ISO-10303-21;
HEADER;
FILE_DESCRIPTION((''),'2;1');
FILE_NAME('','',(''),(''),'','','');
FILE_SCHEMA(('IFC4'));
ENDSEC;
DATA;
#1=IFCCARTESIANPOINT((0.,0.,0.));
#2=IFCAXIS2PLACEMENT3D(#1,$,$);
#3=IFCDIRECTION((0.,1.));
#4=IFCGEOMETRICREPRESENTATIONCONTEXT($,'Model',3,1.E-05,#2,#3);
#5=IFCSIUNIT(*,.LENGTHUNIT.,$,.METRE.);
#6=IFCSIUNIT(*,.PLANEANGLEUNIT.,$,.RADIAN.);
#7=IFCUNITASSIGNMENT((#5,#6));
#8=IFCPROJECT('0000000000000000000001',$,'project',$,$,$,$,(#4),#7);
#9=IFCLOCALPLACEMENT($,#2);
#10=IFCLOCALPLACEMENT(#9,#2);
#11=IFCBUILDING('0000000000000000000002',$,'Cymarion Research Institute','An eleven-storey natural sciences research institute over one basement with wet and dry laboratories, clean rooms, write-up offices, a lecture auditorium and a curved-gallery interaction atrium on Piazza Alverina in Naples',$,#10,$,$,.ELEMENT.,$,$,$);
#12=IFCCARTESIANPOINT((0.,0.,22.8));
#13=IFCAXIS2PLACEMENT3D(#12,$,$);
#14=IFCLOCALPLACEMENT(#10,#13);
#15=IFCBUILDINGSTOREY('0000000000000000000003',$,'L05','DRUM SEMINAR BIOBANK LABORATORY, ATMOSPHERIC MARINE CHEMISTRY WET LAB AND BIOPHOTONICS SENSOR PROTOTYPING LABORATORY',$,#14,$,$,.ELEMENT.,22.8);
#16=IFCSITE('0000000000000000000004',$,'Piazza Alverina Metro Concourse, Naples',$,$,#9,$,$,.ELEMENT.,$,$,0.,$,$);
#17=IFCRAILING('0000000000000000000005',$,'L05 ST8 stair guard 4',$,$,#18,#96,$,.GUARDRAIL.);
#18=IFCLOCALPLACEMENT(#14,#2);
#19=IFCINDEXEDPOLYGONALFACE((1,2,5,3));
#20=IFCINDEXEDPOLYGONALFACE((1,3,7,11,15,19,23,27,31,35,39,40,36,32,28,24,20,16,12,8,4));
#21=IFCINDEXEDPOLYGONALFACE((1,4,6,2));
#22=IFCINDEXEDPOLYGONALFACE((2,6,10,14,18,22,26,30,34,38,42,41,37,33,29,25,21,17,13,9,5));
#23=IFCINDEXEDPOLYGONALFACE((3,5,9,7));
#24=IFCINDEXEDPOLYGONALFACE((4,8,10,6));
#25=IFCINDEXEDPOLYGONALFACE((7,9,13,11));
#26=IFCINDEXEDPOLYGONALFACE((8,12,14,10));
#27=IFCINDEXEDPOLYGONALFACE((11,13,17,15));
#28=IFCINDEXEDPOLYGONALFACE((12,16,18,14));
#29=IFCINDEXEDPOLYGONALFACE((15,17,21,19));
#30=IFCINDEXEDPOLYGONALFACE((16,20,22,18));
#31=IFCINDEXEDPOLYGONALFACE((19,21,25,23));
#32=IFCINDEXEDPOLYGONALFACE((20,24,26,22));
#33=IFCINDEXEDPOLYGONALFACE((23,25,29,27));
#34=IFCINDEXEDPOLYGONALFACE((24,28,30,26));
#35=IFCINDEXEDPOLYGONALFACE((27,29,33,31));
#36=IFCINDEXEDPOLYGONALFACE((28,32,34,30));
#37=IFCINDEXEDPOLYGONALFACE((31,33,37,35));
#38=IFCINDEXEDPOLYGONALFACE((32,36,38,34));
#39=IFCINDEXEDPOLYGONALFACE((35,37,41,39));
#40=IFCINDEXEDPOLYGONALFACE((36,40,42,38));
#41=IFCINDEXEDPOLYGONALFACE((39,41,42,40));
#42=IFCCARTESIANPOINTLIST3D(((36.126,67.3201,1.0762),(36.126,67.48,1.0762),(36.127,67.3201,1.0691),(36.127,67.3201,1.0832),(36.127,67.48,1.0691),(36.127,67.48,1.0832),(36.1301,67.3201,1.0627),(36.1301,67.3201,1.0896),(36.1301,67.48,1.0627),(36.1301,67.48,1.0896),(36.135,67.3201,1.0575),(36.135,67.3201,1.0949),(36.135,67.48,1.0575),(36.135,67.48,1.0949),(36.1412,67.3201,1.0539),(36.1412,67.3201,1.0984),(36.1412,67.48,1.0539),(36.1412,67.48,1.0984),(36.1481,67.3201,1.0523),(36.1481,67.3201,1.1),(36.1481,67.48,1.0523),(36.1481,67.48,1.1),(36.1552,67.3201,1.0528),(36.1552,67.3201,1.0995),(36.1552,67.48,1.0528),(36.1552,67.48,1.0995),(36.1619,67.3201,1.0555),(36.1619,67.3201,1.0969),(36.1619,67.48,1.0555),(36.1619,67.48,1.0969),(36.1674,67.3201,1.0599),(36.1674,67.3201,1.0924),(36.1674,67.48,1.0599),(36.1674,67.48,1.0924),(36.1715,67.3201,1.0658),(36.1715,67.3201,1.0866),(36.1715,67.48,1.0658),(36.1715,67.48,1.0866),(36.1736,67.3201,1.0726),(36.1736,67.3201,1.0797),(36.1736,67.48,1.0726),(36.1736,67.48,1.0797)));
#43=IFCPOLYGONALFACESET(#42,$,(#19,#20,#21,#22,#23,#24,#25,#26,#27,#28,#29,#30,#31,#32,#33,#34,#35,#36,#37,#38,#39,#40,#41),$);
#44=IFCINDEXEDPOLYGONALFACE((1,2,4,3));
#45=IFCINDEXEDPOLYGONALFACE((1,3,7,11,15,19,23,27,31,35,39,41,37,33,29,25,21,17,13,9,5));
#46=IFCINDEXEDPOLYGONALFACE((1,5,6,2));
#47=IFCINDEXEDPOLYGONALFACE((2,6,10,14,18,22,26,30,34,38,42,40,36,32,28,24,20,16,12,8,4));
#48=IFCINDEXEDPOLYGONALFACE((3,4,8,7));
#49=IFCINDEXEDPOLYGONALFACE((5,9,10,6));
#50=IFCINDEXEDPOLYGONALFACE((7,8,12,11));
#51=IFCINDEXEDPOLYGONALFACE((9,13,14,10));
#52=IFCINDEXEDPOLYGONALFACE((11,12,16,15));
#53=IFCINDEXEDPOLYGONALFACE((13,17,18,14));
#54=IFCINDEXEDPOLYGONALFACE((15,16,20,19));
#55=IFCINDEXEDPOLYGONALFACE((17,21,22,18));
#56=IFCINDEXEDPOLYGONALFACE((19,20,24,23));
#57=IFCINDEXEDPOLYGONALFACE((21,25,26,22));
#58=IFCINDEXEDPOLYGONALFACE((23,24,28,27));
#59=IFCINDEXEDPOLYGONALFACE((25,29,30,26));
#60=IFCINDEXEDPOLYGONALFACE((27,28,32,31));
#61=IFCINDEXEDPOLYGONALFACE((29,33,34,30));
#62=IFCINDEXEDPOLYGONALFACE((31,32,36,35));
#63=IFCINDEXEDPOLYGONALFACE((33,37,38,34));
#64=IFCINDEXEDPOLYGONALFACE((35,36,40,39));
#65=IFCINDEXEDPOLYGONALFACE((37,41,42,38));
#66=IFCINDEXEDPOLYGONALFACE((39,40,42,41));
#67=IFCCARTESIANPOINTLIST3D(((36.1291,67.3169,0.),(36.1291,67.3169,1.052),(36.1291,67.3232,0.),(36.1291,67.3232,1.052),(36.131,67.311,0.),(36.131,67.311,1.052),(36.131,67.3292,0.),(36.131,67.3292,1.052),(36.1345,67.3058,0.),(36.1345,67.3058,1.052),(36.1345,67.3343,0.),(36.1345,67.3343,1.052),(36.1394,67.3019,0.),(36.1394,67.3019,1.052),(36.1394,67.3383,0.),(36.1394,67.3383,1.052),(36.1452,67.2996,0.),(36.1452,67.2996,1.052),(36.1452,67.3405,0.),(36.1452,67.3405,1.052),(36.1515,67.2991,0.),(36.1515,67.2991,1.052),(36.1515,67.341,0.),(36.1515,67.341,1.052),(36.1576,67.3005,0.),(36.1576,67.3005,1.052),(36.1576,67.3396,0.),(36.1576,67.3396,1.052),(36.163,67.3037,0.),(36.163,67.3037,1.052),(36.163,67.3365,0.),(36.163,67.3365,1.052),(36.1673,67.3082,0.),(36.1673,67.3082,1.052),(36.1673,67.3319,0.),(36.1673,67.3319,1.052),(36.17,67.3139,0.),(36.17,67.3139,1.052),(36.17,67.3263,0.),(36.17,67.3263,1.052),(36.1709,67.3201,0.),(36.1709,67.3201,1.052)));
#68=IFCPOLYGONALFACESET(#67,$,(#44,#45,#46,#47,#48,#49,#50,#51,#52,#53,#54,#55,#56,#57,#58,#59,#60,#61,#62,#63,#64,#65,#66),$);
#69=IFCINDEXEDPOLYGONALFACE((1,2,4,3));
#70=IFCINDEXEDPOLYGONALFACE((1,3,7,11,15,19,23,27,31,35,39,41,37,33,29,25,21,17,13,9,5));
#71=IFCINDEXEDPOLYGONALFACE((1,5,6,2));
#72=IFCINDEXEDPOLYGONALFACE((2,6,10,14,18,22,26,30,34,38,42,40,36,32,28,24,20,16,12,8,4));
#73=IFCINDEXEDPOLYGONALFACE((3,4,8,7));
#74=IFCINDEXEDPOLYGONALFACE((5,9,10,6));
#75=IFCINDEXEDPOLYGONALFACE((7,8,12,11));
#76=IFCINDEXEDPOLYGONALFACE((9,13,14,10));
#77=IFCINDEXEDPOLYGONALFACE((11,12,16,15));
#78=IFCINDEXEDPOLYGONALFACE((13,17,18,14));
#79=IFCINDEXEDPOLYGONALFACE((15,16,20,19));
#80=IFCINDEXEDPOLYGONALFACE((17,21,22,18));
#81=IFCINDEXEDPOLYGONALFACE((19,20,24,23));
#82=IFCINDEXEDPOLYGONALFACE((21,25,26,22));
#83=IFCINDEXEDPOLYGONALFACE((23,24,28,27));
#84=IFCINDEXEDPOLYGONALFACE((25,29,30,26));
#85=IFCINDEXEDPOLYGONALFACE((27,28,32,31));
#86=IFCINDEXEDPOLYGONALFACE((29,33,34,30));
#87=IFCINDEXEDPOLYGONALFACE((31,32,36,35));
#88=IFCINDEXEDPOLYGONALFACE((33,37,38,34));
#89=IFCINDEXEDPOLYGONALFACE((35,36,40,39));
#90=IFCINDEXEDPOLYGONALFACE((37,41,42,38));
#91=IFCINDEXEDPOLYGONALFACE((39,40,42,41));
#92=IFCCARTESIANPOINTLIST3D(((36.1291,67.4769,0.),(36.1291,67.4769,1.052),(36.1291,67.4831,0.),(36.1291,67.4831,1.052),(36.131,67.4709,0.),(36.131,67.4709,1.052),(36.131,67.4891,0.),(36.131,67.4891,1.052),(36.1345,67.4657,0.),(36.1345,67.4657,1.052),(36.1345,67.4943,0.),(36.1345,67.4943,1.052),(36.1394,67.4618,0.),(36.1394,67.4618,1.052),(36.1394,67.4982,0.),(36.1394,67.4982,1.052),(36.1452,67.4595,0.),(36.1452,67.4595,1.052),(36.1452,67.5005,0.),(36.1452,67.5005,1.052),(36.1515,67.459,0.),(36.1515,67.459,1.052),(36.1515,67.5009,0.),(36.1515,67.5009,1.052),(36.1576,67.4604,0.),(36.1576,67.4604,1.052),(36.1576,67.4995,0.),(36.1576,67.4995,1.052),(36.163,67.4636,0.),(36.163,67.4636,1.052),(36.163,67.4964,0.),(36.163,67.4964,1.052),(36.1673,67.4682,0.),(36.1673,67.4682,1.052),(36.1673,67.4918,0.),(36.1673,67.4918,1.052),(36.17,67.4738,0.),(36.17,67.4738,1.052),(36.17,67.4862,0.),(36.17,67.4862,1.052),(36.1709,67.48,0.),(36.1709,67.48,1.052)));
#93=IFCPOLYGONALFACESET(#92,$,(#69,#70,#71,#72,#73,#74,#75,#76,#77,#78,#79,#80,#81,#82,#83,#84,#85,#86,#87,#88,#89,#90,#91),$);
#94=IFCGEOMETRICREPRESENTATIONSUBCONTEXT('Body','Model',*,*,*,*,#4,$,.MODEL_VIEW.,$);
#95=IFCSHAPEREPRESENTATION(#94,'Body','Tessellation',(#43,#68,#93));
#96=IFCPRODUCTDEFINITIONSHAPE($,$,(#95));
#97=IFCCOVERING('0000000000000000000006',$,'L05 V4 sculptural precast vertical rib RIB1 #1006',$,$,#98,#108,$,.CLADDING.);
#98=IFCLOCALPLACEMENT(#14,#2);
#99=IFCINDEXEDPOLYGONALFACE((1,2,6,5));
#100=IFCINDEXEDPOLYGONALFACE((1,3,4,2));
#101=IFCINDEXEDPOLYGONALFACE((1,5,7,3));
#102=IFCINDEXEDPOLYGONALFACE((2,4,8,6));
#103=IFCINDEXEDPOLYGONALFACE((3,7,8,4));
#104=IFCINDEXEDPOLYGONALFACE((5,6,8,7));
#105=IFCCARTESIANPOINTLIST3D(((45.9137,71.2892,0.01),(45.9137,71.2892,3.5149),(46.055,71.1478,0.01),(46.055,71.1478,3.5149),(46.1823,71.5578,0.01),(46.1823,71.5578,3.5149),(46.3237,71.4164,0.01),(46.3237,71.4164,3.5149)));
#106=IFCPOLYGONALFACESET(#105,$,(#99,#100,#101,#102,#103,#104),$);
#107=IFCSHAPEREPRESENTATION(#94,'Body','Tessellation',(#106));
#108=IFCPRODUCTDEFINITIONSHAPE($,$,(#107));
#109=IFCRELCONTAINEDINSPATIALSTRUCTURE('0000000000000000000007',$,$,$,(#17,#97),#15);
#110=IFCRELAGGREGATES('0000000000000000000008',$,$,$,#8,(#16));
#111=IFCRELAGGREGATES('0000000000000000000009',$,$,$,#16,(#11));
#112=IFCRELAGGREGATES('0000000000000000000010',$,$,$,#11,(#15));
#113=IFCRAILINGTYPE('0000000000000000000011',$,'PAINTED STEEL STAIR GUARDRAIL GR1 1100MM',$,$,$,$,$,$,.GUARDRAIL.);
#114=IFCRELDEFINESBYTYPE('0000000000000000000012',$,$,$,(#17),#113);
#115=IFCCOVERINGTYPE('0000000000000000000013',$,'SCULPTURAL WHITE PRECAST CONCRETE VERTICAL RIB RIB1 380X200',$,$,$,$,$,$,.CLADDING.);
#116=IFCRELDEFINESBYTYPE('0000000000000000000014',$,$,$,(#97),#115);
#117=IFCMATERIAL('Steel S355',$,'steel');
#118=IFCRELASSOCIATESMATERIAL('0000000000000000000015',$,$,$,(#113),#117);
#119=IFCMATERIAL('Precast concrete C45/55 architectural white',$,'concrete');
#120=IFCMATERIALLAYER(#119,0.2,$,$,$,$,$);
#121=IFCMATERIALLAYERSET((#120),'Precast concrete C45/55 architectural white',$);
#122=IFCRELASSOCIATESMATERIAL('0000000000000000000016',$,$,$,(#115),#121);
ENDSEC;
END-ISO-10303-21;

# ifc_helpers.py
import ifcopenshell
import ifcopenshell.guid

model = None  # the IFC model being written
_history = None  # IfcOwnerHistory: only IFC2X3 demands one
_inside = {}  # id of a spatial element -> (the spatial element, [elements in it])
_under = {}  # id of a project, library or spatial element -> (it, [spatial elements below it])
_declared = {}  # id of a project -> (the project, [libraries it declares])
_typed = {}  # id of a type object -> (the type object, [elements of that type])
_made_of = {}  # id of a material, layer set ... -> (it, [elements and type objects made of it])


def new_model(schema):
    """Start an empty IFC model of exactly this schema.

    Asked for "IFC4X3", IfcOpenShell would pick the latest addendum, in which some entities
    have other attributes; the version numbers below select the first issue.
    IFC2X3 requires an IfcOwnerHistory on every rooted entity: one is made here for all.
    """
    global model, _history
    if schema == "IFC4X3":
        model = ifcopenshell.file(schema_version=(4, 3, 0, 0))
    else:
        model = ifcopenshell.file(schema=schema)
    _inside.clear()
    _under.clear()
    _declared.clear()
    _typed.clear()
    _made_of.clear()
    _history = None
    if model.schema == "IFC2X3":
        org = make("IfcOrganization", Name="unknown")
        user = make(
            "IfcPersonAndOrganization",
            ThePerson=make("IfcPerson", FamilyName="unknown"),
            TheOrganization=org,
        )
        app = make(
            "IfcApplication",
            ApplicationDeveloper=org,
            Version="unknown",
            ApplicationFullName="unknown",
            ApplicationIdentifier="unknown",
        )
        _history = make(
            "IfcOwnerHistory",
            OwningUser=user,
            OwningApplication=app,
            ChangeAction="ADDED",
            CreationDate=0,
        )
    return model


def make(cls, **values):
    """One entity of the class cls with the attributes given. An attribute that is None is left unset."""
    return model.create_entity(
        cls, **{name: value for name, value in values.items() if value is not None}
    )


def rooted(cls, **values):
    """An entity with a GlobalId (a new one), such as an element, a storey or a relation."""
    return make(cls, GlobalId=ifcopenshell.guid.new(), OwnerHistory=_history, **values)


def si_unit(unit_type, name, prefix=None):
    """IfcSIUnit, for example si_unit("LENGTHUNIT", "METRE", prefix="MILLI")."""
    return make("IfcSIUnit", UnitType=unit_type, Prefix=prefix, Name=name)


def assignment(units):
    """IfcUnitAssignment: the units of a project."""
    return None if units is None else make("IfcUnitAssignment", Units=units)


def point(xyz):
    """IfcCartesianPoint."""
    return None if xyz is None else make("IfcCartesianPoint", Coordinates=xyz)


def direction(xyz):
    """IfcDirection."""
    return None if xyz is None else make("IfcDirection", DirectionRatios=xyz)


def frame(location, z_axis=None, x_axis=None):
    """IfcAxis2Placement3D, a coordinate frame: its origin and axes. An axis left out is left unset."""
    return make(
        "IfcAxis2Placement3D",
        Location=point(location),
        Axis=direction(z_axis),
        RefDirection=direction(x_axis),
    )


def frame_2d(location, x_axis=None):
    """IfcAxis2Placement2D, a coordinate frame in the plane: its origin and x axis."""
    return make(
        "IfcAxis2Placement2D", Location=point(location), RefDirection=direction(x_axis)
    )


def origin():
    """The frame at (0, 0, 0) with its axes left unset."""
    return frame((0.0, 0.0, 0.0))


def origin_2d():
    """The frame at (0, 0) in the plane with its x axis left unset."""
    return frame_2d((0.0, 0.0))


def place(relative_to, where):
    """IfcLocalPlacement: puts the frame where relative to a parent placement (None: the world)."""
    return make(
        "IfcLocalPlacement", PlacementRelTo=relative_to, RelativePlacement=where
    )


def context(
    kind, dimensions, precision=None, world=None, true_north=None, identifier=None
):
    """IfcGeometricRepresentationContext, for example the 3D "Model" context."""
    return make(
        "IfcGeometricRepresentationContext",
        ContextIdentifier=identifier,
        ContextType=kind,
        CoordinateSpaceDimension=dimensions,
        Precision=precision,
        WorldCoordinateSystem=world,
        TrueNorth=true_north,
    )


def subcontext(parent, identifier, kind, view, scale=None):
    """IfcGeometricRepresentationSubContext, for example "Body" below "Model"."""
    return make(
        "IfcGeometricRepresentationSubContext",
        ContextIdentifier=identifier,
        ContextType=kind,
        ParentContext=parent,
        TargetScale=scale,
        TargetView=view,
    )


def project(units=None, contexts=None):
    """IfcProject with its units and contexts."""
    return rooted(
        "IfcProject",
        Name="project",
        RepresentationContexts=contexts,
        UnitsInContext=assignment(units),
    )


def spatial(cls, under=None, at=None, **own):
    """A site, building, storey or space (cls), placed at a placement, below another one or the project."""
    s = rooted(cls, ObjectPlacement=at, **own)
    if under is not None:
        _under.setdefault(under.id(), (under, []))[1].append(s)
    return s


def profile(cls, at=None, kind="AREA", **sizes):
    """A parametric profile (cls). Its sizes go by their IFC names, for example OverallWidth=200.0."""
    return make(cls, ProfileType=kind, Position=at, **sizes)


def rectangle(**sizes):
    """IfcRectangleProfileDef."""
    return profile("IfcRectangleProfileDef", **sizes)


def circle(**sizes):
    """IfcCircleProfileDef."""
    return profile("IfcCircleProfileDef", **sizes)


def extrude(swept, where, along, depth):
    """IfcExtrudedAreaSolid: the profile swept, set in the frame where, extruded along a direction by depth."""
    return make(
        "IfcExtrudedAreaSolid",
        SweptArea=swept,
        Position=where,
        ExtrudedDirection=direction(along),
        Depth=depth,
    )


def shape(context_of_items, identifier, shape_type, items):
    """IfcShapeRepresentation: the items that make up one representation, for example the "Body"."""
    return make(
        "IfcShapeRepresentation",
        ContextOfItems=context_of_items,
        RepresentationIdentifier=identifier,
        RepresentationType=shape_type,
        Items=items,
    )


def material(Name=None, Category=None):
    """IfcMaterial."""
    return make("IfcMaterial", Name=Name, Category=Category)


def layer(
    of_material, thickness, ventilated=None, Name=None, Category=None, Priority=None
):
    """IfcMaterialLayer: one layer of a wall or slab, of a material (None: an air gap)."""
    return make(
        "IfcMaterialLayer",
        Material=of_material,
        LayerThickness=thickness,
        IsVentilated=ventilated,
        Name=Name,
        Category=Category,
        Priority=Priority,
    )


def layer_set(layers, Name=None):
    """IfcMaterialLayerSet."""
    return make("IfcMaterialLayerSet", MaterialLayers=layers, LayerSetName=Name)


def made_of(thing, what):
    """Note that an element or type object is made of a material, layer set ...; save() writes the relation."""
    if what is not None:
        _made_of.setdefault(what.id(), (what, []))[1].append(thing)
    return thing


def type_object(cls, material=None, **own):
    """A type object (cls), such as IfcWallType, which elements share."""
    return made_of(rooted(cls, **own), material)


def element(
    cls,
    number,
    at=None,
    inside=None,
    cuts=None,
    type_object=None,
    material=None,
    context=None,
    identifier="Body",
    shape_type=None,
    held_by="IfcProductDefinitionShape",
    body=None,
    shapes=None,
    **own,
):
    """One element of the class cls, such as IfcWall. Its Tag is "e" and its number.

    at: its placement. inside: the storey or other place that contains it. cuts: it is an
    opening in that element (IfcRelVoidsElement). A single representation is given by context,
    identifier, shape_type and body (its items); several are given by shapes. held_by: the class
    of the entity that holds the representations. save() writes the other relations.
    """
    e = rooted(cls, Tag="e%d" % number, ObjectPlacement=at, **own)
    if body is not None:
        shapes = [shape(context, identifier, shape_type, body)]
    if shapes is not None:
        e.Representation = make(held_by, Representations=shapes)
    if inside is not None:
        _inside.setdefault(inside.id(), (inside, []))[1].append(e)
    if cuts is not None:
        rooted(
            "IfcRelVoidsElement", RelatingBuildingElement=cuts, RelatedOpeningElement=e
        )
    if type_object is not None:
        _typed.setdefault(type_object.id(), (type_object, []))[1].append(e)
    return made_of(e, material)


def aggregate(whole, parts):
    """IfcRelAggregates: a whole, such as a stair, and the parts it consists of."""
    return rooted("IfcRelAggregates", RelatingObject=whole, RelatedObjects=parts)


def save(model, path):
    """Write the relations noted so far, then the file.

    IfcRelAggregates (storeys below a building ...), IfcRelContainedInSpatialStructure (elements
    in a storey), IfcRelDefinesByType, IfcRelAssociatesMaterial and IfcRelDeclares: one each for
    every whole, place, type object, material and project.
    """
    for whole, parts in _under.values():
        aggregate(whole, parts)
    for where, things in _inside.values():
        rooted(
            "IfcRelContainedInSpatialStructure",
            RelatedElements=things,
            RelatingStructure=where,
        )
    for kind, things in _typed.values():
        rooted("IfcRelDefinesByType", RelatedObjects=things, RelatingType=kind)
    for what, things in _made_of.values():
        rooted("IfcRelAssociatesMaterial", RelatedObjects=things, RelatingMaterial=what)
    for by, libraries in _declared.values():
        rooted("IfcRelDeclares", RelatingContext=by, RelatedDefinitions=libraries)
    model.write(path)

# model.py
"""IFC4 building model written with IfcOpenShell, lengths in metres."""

from ifc_helpers import new_model, si_unit, direction, frame, origin, origin_2d, place, context, subcontext, project, spatial, rectangle, circle, extrude, material, layer, layer_set, type_object, element, save


model = new_model("IFC4")

# Units and contexts
model_context = context("Model", 3, precision=1e-05, world=origin(), true_north=direction((0.0, 1.0)))
body_context = subcontext(model_context, "Body", "Model", "MODEL_VIEW")
ifc_project = project(units=[si_unit("LENGTHUNIT", "METRE"), si_unit("PLANEANGLEUNIT", "RADIAN")], contexts=[model_context])

# Site, building, storey
site_placement = place(None, origin())
site = spatial("IfcSite", under=ifc_project, at=site_placement, Name="Piazza Alverina Metro Concourse, Naples", CompositionType="ELEMENT", RefElevation=0.0)
building_placement = place(site_placement, origin())
building = spatial("IfcBuilding", under=site, at=building_placement, Name="Cymarion Research Institute", Description="An eleven-storey natural sciences research institute over one basement with wet and dry laboratories, clean rooms, write-up offices, a lecture auditorium and a curved-gallery interaction atrium on Piazza Alverina in Naples", CompositionType="ELEMENT")
storey_placement = place(building_placement, frame((0.0, 0.0, 22.8)))
storey = spatial("IfcBuildingStorey", under=building, at=storey_placement, Name="L05", Description="DRUM SEMINAR BIOBANK LABORATORY, ATMOSPHERIC MARINE CHEMISTRY WET LAB AND BIOPHOTONICS SENSOR PROTOTYPING LABORATORY", CompositionType="ELEMENT", Elevation=22.8)

# Shared definitions
ifc_material_1 = material(Name="Steel S355", Category="steel")

# Railing
railing_type_1 = type_object("IfcRailingType", Name="PAINTED STEEL STAIR GUARDRAIL GR1 1100MM", PredefinedType="GUARDRAIL", material=ifc_material_1)
railing_1_placement = place(storey_placement, frame((36.1499, 67.3201, 0.0)))
element("IfcRailing", 1, at=railing_1_placement, inside=storey, type_object=railing_type_1, Name="L05 ST8 stair guard 4", PredefinedType="GUARDRAIL", context=body_context, shape_type="SweptSolid", body=[
    extrude(circle(Radius=0.0239, at=origin_2d()), frame((0.0, 0.0, 1.0762), z_axis=(0.0, 1.0, 0.0), x_axis=(-1.0, 0.0, 0.0)), (0.0, 0.0, 1.0), 0.1599),
    extrude(circle(Radius=0.021, at=origin_2d()), origin(), (0.0, 0.0, 1.0), 1.052),
    extrude(circle(Radius=0.021, at=origin_2d()), frame((0.0, 0.1599, 0.0)), (0.0, 0.0, 1.0), 1.052),
])

# Covering
ifc_material_2 = material(Name="Precast concrete C45/55 architectural white", Category="concrete")
ifc_layer_1 = layer(ifc_material_2, 0.2)
ifc_layer_set_1 = layer_set([ifc_layer_1], Name="Precast concrete C45/55 architectural white")
covering_type = type_object("IfcCoveringType", Name="SCULPTURAL WHITE PRECAST CONCRETE VERTICAL RIB RIB1 380X200", PredefinedType="CLADDING", material=ifc_layer_set_1)
covering_placement = place(storey_placement, frame((46.1187, 71.3528, 0.01), z_axis=(0.0, 0.0, 1.0), x_axis=(0.707107, 0.707107, 0.0)))
element("IfcCovering", 2, at=covering_placement, inside=storey, type_object=covering_type, Name="L05 V4 sculptural precast vertical rib RIB1 #1006", PredefinedType="CLADDING", context=body_context, shape_type="SweptSolid", body=[
    extrude(rectangle(XDim=0.3799, YDim=0.2, at=origin_2d()), origin(), (0.0, 0.0, 1.0), 3.5049),
])

save(model, "model.ifc")
